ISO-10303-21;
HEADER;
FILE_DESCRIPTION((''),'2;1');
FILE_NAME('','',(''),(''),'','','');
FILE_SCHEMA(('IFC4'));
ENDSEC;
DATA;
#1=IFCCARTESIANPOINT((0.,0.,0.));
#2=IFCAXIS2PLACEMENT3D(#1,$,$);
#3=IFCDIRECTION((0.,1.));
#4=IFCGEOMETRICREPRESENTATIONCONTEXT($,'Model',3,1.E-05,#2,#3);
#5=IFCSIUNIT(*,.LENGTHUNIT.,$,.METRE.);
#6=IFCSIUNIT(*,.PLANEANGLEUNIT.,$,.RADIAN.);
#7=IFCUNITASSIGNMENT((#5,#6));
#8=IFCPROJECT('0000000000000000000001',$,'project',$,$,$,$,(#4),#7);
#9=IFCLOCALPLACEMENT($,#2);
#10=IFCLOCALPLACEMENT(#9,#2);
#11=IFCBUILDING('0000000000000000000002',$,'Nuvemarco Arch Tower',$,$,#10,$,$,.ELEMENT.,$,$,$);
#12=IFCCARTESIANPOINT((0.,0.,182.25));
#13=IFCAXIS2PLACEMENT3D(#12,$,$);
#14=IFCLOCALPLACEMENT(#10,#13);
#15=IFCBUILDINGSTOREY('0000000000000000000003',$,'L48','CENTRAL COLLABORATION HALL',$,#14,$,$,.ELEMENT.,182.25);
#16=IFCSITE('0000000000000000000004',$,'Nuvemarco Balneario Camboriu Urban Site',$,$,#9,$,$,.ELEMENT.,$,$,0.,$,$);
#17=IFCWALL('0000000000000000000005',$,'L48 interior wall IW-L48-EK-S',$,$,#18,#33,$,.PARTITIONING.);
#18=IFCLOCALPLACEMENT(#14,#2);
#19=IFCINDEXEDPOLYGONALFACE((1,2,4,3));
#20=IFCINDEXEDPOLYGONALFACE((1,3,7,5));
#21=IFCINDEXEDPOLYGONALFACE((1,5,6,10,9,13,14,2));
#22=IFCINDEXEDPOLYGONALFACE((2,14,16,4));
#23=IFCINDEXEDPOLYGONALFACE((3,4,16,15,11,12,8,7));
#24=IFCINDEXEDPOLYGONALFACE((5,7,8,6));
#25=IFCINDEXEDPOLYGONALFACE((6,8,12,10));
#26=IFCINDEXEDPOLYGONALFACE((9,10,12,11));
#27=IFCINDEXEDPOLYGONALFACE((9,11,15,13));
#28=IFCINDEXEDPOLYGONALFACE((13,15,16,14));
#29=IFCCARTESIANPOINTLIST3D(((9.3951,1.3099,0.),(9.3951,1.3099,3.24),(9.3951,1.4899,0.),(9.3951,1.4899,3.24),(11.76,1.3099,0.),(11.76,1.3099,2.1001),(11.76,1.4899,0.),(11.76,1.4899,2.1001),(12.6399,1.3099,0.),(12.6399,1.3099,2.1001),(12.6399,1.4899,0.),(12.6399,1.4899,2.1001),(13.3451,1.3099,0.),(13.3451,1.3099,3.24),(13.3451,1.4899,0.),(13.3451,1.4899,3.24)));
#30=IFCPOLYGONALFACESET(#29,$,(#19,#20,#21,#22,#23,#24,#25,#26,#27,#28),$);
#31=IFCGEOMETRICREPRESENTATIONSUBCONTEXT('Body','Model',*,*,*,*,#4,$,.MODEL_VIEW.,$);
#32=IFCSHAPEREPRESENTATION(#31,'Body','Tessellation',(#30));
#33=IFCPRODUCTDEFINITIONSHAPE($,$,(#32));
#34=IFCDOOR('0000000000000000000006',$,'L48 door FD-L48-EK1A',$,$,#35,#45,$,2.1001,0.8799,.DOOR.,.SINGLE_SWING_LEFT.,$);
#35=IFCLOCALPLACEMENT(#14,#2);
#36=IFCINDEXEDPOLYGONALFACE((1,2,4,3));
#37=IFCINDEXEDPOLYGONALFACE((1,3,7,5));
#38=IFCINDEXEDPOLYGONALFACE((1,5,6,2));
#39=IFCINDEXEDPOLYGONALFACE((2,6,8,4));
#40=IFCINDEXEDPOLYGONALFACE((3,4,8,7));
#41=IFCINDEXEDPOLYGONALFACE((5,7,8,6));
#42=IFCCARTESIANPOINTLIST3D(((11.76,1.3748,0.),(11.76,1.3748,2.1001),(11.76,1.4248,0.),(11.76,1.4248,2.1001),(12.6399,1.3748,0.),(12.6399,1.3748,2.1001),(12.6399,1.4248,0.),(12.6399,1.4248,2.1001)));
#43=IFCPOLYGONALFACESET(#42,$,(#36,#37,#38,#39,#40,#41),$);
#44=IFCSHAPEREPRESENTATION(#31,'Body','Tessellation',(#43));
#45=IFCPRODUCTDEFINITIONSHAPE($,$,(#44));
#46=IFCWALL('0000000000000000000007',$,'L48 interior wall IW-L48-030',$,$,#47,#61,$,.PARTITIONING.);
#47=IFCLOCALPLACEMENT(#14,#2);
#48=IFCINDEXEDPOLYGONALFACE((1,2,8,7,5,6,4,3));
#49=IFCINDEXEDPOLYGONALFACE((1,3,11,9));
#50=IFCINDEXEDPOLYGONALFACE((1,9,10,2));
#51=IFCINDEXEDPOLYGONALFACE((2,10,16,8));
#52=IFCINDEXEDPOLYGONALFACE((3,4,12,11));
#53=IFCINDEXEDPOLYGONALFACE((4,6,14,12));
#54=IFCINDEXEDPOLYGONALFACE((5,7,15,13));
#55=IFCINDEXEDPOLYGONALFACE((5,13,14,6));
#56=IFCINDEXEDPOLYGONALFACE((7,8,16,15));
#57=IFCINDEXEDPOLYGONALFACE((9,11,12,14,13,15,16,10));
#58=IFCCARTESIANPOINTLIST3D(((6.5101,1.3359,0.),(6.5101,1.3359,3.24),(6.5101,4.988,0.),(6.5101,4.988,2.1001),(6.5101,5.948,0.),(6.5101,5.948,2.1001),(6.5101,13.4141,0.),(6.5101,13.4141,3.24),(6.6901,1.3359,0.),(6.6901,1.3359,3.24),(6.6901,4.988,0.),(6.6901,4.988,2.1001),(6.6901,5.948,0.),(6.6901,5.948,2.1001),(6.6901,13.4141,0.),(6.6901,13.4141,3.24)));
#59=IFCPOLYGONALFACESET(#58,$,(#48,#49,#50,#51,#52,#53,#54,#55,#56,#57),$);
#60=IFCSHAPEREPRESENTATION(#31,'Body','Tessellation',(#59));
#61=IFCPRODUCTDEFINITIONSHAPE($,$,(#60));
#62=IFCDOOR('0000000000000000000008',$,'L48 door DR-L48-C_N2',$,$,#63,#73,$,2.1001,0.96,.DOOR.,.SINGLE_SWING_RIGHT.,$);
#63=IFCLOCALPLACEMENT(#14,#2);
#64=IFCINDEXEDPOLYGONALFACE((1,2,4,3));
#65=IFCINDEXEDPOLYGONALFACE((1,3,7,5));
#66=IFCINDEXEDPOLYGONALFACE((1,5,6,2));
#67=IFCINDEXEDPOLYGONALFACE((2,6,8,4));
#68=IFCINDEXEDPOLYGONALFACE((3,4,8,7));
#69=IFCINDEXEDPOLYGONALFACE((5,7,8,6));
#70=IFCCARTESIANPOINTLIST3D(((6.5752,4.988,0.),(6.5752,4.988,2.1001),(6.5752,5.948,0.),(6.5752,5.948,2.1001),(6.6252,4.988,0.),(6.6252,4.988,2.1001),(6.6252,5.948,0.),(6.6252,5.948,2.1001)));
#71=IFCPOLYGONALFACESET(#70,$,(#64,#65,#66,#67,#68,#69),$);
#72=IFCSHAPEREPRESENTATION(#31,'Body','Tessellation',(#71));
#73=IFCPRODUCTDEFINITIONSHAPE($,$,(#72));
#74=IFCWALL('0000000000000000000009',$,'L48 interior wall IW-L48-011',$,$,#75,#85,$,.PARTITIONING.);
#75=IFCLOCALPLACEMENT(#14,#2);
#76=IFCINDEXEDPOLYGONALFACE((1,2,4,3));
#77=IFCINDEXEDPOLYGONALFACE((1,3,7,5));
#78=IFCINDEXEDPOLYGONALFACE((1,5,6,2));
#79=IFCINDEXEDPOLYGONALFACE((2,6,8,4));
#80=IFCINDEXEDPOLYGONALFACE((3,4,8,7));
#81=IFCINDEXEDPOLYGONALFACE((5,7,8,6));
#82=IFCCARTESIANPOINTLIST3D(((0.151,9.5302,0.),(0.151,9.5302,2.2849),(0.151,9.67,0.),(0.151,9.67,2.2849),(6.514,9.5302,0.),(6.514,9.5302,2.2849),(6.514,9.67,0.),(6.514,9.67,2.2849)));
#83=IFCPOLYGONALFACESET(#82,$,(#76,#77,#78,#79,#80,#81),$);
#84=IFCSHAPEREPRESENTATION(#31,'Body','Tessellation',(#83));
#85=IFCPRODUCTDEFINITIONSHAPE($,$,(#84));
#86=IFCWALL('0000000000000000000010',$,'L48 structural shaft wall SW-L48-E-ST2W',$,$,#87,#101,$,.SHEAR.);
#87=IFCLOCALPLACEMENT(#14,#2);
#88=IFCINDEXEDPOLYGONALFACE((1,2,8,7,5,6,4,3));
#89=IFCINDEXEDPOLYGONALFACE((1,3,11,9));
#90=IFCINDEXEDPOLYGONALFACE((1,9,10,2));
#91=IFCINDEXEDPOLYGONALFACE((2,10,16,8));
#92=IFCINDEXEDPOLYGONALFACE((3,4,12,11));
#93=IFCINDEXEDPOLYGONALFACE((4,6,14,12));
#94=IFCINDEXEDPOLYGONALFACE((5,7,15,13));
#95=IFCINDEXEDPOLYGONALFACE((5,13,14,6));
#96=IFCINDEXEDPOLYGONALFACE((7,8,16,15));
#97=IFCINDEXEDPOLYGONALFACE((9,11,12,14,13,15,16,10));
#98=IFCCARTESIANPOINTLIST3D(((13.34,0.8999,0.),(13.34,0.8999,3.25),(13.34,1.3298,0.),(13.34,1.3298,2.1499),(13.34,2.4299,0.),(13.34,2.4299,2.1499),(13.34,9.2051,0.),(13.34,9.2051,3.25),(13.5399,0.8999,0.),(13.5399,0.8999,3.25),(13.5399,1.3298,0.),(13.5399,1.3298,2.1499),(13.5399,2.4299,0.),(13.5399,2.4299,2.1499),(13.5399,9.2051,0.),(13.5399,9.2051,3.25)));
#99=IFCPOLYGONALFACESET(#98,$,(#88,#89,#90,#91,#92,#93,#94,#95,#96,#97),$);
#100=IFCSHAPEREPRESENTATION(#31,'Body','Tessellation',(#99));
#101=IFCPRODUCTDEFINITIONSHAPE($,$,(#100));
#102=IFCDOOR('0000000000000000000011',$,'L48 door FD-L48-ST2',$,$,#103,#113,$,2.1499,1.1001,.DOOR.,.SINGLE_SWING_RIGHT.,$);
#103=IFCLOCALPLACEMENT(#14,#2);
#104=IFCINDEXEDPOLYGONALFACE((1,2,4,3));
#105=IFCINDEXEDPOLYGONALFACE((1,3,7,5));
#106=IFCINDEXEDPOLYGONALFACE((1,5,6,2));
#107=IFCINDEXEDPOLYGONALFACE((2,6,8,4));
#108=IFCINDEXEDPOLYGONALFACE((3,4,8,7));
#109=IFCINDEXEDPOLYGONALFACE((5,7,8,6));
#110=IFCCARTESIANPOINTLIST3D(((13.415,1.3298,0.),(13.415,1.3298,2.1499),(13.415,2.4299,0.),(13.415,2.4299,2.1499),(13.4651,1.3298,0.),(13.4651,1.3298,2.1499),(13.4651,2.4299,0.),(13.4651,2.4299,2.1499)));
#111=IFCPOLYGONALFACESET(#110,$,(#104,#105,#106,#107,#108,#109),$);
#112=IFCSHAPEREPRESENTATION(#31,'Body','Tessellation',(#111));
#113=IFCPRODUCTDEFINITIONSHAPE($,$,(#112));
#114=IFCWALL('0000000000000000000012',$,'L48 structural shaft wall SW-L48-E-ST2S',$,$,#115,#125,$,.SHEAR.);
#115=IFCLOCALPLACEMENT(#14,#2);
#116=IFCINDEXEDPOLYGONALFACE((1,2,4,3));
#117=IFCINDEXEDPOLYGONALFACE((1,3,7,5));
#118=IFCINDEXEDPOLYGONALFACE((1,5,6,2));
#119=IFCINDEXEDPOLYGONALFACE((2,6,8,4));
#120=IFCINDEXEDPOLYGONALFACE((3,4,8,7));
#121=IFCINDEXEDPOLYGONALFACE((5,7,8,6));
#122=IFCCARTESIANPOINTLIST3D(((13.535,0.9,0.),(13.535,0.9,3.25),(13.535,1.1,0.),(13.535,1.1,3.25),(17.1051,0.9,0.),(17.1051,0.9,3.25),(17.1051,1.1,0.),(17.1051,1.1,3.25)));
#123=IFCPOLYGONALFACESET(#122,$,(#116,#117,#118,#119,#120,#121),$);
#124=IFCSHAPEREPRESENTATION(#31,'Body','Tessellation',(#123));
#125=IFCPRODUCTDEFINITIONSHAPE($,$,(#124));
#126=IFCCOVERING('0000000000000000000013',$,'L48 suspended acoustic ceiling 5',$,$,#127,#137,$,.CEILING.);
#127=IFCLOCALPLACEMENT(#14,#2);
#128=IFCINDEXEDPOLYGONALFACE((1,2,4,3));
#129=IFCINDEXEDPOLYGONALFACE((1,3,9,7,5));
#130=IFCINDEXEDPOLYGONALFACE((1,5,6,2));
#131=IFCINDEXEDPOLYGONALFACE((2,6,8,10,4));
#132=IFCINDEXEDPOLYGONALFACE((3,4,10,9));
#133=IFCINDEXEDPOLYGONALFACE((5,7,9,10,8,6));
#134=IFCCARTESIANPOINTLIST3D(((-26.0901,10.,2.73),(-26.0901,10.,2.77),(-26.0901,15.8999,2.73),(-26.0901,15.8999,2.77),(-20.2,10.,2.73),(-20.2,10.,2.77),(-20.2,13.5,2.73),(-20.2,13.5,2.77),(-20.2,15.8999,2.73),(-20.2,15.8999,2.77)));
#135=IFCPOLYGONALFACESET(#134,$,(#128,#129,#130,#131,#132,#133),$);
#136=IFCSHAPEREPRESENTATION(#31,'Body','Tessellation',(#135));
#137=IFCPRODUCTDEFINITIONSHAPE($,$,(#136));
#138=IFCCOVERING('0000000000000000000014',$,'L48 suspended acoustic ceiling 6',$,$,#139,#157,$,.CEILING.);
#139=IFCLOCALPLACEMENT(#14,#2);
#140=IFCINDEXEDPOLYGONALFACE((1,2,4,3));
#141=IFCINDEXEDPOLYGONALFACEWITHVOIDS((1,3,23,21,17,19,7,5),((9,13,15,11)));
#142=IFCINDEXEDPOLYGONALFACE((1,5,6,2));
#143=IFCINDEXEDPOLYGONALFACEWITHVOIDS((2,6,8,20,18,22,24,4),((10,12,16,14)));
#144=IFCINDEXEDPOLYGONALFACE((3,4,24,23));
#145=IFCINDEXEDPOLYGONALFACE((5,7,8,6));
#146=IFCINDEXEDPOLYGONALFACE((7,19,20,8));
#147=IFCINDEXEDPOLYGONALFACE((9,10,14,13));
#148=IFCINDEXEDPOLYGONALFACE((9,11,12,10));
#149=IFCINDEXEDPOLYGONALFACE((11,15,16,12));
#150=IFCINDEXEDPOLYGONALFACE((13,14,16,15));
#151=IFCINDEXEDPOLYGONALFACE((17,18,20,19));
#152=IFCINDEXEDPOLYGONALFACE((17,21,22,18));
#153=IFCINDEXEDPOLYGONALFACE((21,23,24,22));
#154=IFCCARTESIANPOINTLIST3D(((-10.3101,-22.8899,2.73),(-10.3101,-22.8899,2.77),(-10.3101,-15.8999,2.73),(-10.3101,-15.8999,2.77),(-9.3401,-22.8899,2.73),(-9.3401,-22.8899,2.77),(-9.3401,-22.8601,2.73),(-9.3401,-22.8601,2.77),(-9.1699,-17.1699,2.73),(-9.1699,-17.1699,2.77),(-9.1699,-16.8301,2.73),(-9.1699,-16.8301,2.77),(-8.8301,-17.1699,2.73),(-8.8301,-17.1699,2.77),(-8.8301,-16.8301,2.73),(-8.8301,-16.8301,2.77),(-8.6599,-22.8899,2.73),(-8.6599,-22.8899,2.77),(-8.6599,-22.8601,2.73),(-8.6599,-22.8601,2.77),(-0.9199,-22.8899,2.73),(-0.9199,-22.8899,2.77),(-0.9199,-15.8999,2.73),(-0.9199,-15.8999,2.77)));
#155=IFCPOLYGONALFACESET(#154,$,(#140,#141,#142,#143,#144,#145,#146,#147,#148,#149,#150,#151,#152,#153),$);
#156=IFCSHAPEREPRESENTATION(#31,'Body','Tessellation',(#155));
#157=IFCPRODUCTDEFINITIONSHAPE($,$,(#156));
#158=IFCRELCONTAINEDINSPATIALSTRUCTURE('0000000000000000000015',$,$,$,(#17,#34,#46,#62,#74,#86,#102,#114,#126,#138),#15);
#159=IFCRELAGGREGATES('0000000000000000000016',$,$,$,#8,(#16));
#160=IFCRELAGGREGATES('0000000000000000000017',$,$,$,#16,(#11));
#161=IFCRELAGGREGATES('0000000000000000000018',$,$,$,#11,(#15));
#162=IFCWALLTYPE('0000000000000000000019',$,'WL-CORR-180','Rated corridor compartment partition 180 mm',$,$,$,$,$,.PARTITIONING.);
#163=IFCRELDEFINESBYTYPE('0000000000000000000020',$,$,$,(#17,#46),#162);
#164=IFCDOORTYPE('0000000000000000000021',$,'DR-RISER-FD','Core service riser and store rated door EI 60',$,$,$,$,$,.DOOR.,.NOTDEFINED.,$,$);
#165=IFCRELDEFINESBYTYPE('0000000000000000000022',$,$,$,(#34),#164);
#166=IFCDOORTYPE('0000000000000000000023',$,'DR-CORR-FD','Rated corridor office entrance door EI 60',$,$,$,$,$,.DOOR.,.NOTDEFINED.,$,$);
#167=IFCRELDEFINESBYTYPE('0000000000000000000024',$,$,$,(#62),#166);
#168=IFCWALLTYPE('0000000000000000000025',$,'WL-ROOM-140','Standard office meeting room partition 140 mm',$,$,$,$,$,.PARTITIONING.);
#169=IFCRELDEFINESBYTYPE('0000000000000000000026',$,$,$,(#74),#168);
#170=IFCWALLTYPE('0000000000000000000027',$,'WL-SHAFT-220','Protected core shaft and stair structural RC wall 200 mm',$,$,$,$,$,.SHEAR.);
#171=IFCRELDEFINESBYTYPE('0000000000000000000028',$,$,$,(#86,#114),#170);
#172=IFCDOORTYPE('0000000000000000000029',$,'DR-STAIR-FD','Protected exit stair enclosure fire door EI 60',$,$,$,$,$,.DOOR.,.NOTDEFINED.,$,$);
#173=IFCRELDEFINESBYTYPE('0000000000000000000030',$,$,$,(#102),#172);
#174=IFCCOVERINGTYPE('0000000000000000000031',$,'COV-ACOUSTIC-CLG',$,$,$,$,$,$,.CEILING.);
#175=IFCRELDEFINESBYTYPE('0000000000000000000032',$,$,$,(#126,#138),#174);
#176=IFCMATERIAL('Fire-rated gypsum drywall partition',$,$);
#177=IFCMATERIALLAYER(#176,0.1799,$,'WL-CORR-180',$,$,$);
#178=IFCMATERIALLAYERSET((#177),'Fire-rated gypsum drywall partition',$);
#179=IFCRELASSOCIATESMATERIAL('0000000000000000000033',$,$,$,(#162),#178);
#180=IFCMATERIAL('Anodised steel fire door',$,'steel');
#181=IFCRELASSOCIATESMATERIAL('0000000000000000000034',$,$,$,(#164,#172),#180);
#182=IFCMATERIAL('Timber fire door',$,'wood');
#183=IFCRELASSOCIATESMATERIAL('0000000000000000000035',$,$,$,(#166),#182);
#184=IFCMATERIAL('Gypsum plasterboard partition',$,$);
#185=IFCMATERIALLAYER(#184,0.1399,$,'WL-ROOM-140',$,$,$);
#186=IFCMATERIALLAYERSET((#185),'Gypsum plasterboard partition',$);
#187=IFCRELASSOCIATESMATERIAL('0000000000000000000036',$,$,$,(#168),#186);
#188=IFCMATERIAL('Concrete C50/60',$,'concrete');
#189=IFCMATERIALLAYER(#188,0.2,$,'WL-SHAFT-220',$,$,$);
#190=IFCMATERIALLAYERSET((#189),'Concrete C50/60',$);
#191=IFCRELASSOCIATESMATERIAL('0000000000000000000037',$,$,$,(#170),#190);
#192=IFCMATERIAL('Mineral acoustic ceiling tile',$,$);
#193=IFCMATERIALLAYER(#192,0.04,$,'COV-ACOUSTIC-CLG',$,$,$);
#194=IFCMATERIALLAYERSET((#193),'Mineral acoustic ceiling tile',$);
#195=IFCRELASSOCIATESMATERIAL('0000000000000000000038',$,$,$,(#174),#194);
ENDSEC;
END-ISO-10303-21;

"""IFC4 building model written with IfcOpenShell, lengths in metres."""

from ifc_helpers import new_model, si_unit, direction, frame, frame_2d, origin, place, context, subcontext, project, spatial, polyline, rectangle, outline, extrude, source, transform, mapped, material, layer, layer_set, type_object, type_shapes, element, fill, save


model = new_model("IFC4")

# Units and contexts
model_context = context("Model", 3, precision=1e-05, world=origin(), true_north=direction((0.0, 1.0)))
body_context = subcontext(model_context, "Body", "Model", "MODEL_VIEW")
ifc_project = project(units=[si_unit("LENGTHUNIT", "METRE"), si_unit("PLANEANGLEUNIT", "RADIAN")], contexts=[model_context])

# Site, building, storey
site_placement = place(None, origin())
site = spatial("IfcSite", under=ifc_project, at=site_placement, Name="Nuvemarco Balneario Camboriu Urban Site", CompositionType="ELEMENT", RefElevation=0.0)
building_placement = place(site_placement, origin())
building = spatial("IfcBuilding", under=site, at=building_placement, Name="Nuvemarco Arch Tower", CompositionType="ELEMENT")
storey_placement = place(building_placement, frame((0.0, 0.0, 182.25)))
storey = spatial("IfcBuildingStorey", under=building, at=storey_placement, Name="L48", Description="CENTRAL COLLABORATION HALL", CompositionType="ELEMENT", Elevation=182.25)

# Shared definitions
ifc_material_1 = material(Name="Concrete C50/60", Category="concrete")

# Walls, openings, doors
ifc_material_2 = material(Name="Fire-rated gypsum drywall partition")
ifc_layer_1 = layer(ifc_material_2, 0.1799, Name="WL-CORR-180")
ifc_layer_set_1 = layer_set([ifc_layer_1], Name="Fire-rated gypsum drywall partition")
wall_type_1 = type_object("IfcWallType", Name="WL-CORR-180", Description="Rated corridor compartment partition 180 mm", PredefinedType="PARTITIONING", material=ifc_layer_set_1)
wall_1_placement = place(storey_placement, frame((9.395, 1.3999, 0.0), z_axis=(0.0, 0.0, 1.0), x_axis=(1.0, 0.0, 0.0)))
wall_1 = element("IfcWall", 1, at=wall_1_placement, inside=storey, type_object=wall_type_1, Name="L48 interior wall IW-L48-EK-S", PredefinedType="PARTITIONING", context=body_context, shape_type="SweptSolid", body=[
    extrude(rectangle(XDim=3.95, YDim=0.1799, at=frame_2d((1.9751, 0.0))), origin(), (0.0, 0.0, 1.0), 3.24),
])
opening_1_placement = place(wall_1_placement, frame((2.365, 0.0, 0.0)))
opening_1 = element("IfcOpeningElement", 2, at=opening_1_placement, cuts=wall_1, PredefinedType="OPENING", context=body_context, shape_type="SweptSolid", body=[
    extrude(rectangle(XDim=0.8799, YDim=2.1001, at=frame_2d((0.4399, 1.05))), frame((0.0, 0.0999, 0.0), z_axis=(0.0, -1.0, 0.0), x_axis=(1.0, 0.0, 0.0)), (0.0, 0.0, 1.0), 0.2),
])
ifc_material_3 = material(Name="Anodised steel fire door", Category="steel")
door_type_1 = type_object("IfcDoorType", Name="DR-RISER-FD", Description="Core service riser and store rated door EI 60", OperationType="NOTDEFINED", PredefinedType="DOOR", material=ifc_material_3)
shared_shape_1 = source(origin(), body_context, "Body", "SweptSolid", [
    extrude(rectangle(XDim=0.8799, YDim=2.1001, at=frame_2d((0.4399, 1.05))), frame((0.0, 0.0249, 0.0), z_axis=(0.0, -1.0, 0.0), x_axis=(1.0, 0.0, 0.0)), (0.0, 0.0, 1.0), 0.05),
])
type_shapes(door_type_1, [shared_shape_1])
door_1_placement = place(opening_1_placement, origin())
door_1 = element("IfcDoor", 3, at=door_1_placement, inside=storey, type_object=door_type_1, Name="L48 door FD-L48-EK1A", OperationType="SINGLE_SWING_LEFT", OverallHeight=2.1001, OverallWidth=0.8799, PredefinedType="DOOR", context=body_context, shape_type="MappedRepresentation", body=[
    mapped(shared_shape_1, transform((0.0, 0.0, 0.0), scale=1.0)),
])
fill(opening_1, door_1)
wall_2_placement = place(storey_placement, frame((6.6001, 1.3359, 0.0), z_axis=(0.0, 0.0, 1.0), x_axis=(0.0, 1.0, 0.0)))
wall_2 = element("IfcWall", 4, at=wall_2_placement, inside=storey, type_object=wall_type_1, Name="L48 interior wall IW-L48-030", PredefinedType="PARTITIONING", context=body_context, shape_type="SweptSolid", body=[
    extrude(rectangle(XDim=12.0781, YDim=0.1799, at=frame_2d((6.0391, 0.0))), origin(), (0.0, 0.0, 1.0), 3.24),
])
opening_2_placement = place(wall_2_placement, frame((3.6521, 0.0, 0.0)))
opening_2 = element("IfcOpeningElement", 5, at=opening_2_placement, cuts=wall_2, PredefinedType="OPENING", context=body_context, shape_type="SweptSolid", body=[
    extrude(rectangle(XDim=0.96, YDim=2.1001, at=frame_2d((0.48, 1.05))), frame((0.0, 0.0999, 0.0), z_axis=(0.0, -1.0, 0.0), x_axis=(1.0, 0.0, 0.0)), (0.0, 0.0, 1.0), 0.2),
])
ifc_material_4 = material(Name="Timber fire door", Category="wood")
door_type_2 = type_object("IfcDoorType", Name="DR-CORR-FD", Description="Rated corridor office entrance door EI 60", OperationType="NOTDEFINED", PredefinedType="DOOR", material=ifc_material_4)
shared_shape_2 = source(origin(), body_context, "Body", "SweptSolid", [
    extrude(rectangle(XDim=0.96, YDim=2.1001, at=frame_2d((0.48, 1.05))), frame((0.0, 0.0249, 0.0), z_axis=(0.0, -1.0, 0.0), x_axis=(1.0, 0.0, 0.0)), (0.0, 0.0, 1.0), 0.05),
])
type_shapes(door_type_2, [shared_shape_2])
door_2_placement = place(opening_2_placement, origin())
door_2 = element("IfcDoor", 6, at=door_2_placement, inside=storey, type_object=door_type_2, Name="L48 door DR-L48-C_N2", OperationType="SINGLE_SWING_RIGHT", OverallHeight=2.1001, OverallWidth=0.96, PredefinedType="DOOR", context=body_context, shape_type="MappedRepresentation", body=[
    mapped(shared_shape_2, transform((0.0, 0.0, 0.0), scale=1.0)),
])
fill(opening_2, door_2)

# Wall
ifc_material_5 = material(Name="Gypsum plasterboard partition")
ifc_layer_2 = layer(ifc_material_5, 0.1399, Name="WL-ROOM-140")
ifc_layer_set_2 = layer_set([ifc_layer_2], Name="Gypsum plasterboard partition")
wall_type_2 = type_object("IfcWallType", Name="WL-ROOM-140", Description="Standard office meeting room partition 140 mm", PredefinedType="PARTITIONING", material=ifc_layer_set_2)
wall_3_placement = place(storey_placement, frame((0.1509, 9.6001, 0.0), z_axis=(0.0, 0.0, 1.0), x_axis=(1.0, 0.0, 0.0)))
element("IfcWall", 7, at=wall_3_placement, inside=storey, type_object=wall_type_2, Name="L48 interior wall IW-L48-011", PredefinedType="PARTITIONING", context=body_context, shape_type="SweptSolid", body=[
    extrude(rectangle(XDim=6.363, YDim=0.1399, at=frame_2d((3.1816, 0.0))), origin(), (0.0, 0.0, 1.0), 2.2849),
])

# Wall, opening, door
ifc_layer_3 = layer(ifc_material_1, 0.2, Name="WL-SHAFT-220")
ifc_layer_set_3 = layer_set([ifc_layer_3], Name="Concrete C50/60")
wall_type_3 = type_object("IfcWallType", Name="WL-SHAFT-220", Description="Protected core shaft and stair structural RC wall 200 mm", PredefinedType="SHEAR", material=ifc_layer_set_3)
wall_4_placement = place(storey_placement, frame((13.4399, 0.8999, 0.0), z_axis=(0.0, 0.0, 1.0), x_axis=(0.0, 1.0, 0.0)))
wall_4 = element("IfcWall", 8, at=wall_4_placement, inside=storey, type_object=wall_type_3, Name="L48 structural shaft wall SW-L48-E-ST2W", PredefinedType="SHEAR", context=body_context, shape_type="SweptSolid", body=[
    extrude(rectangle(XDim=8.3052, YDim=0.2, at=frame_2d((4.1526, 0.0))), origin(), (0.0, 0.0, 1.0), 3.25),
])
opening_3_placement = place(wall_4_placement, frame((0.4299, 0.0, 0.0)))
opening_3 = element("IfcOpeningElement", 9, at=opening_3_placement, cuts=wall_4, PredefinedType="OPENING", context=body_context, shape_type="SweptSolid", body=[
    extrude(rectangle(XDim=1.1001, YDim=2.1499, at=frame_2d((0.55, 1.075))), frame((0.0, 0.1099, 0.0), z_axis=(0.0, -1.0, 0.0), x_axis=(1.0, 0.0, 0.0)), (0.0, 0.0, 1.0), 0.22),
])
door_type_3 = type_object("IfcDoorType", Name="DR-STAIR-FD", Description="Protected exit stair enclosure fire door EI 60", OperationType="NOTDEFINED", PredefinedType="DOOR", material=ifc_material_3)
shared_shape_3 = source(origin(), body_context, "Body", "SweptSolid", [
    extrude(rectangle(XDim=1.1001, YDim=2.1499, at=frame_2d((0.55, 1.075))), frame((0.0, 0.0249, 0.0), z_axis=(0.0, -1.0, 0.0), x_axis=(1.0, 0.0, 0.0)), (0.0, 0.0, 1.0), 0.05),
])
type_shapes(door_type_3, [shared_shape_3])
door_3_placement = place(opening_3_placement, origin())
door_3 = element("IfcDoor", 10, at=door_3_placement, inside=storey, type_object=door_type_3, Name="L48 door FD-L48-ST2", OperationType="SINGLE_SWING_RIGHT", OverallHeight=2.1499, OverallWidth=1.1001, PredefinedType="DOOR", context=body_context, shape_type="MappedRepresentation", body=[
    mapped(shared_shape_3, transform((0.0, 0.0, 0.0), scale=1.0)),
])
fill(opening_3, door_3)

# Wall
wall_5_placement = place(storey_placement, frame((13.5349, 1.0, 0.0), z_axis=(0.0, 0.0, 1.0), x_axis=(1.0, 0.0, 0.0)))
element("IfcWall", 11, at=wall_5_placement, inside=storey, type_object=wall_type_3, Name="L48 structural shaft wall SW-L48-E-ST2S", PredefinedType="SHEAR", context=body_context, shape_type="SweptSolid", body=[
    extrude(rectangle(XDim=3.5701, YDim=0.2, at=frame_2d((1.7852, 0.0))), origin(), (0.0, 0.0, 1.0), 3.25),
])

# Coverings
ifc_material_6 = material(Name="Mineral acoustic ceiling tile")
ifc_layer_4 = layer(ifc_material_6, 0.04, Name="COV-ACOUSTIC-CLG")
ifc_layer_set_4 = layer_set([ifc_layer_4], Name="Mineral acoustic ceiling tile")
covering_type_1 = type_object("IfcCoveringType", Name="COV-ACOUSTIC-CLG", PredefinedType="CEILING", material=ifc_layer_set_4)
covering_1_placement = place(storey_placement, frame((0.0, 0.0, 2.73)))
element("IfcCovering", 12, at=covering_1_placement, inside=storey, type_object=covering_type_1, Name="L48 suspended acoustic ceiling 5", PredefinedType="CEILING", context=body_context, shape_type="SweptSolid", body=[
    extrude(outline(polyline([(-20.2, 15.8999), (-20.2, 13.5), (-20.2, 10.0), (-26.0901, 10.0), (-26.0901, 15.8999), (-20.2, 15.8999)])), origin(), (0.0, 0.0, 1.0), 0.04),
])
covering_2_placement = place(storey_placement, frame((0.0, 0.0, 2.73)))
element("IfcCovering", 13, at=covering_2_placement, inside=storey, type_object=covering_type_1, Name="L48 suspended acoustic ceiling 6", PredefinedType="CEILING", context=body_context, shape_type="SweptSolid", body=[
    extrude(outline(polyline([(-8.6599, -22.8899), (-8.6599, -22.8601), (-9.3401, -22.8601), (-9.3401, -22.8899), (-10.3101, -22.8899), (-10.3101, -15.8999), (-0.9199, -15.8999), (-0.9199, -22.8899), (-8.6599, -22.8899)]), holes=[polyline([(-8.8301, -17.1699), (-8.8301, -16.8301), (-9.1699, -16.8301), (-9.1699, -17.1699), (-8.8301, -17.1699)])]), origin(), (0.0, 0.0, 1.0), 0.04),
])

save(model, "model.ifc")
